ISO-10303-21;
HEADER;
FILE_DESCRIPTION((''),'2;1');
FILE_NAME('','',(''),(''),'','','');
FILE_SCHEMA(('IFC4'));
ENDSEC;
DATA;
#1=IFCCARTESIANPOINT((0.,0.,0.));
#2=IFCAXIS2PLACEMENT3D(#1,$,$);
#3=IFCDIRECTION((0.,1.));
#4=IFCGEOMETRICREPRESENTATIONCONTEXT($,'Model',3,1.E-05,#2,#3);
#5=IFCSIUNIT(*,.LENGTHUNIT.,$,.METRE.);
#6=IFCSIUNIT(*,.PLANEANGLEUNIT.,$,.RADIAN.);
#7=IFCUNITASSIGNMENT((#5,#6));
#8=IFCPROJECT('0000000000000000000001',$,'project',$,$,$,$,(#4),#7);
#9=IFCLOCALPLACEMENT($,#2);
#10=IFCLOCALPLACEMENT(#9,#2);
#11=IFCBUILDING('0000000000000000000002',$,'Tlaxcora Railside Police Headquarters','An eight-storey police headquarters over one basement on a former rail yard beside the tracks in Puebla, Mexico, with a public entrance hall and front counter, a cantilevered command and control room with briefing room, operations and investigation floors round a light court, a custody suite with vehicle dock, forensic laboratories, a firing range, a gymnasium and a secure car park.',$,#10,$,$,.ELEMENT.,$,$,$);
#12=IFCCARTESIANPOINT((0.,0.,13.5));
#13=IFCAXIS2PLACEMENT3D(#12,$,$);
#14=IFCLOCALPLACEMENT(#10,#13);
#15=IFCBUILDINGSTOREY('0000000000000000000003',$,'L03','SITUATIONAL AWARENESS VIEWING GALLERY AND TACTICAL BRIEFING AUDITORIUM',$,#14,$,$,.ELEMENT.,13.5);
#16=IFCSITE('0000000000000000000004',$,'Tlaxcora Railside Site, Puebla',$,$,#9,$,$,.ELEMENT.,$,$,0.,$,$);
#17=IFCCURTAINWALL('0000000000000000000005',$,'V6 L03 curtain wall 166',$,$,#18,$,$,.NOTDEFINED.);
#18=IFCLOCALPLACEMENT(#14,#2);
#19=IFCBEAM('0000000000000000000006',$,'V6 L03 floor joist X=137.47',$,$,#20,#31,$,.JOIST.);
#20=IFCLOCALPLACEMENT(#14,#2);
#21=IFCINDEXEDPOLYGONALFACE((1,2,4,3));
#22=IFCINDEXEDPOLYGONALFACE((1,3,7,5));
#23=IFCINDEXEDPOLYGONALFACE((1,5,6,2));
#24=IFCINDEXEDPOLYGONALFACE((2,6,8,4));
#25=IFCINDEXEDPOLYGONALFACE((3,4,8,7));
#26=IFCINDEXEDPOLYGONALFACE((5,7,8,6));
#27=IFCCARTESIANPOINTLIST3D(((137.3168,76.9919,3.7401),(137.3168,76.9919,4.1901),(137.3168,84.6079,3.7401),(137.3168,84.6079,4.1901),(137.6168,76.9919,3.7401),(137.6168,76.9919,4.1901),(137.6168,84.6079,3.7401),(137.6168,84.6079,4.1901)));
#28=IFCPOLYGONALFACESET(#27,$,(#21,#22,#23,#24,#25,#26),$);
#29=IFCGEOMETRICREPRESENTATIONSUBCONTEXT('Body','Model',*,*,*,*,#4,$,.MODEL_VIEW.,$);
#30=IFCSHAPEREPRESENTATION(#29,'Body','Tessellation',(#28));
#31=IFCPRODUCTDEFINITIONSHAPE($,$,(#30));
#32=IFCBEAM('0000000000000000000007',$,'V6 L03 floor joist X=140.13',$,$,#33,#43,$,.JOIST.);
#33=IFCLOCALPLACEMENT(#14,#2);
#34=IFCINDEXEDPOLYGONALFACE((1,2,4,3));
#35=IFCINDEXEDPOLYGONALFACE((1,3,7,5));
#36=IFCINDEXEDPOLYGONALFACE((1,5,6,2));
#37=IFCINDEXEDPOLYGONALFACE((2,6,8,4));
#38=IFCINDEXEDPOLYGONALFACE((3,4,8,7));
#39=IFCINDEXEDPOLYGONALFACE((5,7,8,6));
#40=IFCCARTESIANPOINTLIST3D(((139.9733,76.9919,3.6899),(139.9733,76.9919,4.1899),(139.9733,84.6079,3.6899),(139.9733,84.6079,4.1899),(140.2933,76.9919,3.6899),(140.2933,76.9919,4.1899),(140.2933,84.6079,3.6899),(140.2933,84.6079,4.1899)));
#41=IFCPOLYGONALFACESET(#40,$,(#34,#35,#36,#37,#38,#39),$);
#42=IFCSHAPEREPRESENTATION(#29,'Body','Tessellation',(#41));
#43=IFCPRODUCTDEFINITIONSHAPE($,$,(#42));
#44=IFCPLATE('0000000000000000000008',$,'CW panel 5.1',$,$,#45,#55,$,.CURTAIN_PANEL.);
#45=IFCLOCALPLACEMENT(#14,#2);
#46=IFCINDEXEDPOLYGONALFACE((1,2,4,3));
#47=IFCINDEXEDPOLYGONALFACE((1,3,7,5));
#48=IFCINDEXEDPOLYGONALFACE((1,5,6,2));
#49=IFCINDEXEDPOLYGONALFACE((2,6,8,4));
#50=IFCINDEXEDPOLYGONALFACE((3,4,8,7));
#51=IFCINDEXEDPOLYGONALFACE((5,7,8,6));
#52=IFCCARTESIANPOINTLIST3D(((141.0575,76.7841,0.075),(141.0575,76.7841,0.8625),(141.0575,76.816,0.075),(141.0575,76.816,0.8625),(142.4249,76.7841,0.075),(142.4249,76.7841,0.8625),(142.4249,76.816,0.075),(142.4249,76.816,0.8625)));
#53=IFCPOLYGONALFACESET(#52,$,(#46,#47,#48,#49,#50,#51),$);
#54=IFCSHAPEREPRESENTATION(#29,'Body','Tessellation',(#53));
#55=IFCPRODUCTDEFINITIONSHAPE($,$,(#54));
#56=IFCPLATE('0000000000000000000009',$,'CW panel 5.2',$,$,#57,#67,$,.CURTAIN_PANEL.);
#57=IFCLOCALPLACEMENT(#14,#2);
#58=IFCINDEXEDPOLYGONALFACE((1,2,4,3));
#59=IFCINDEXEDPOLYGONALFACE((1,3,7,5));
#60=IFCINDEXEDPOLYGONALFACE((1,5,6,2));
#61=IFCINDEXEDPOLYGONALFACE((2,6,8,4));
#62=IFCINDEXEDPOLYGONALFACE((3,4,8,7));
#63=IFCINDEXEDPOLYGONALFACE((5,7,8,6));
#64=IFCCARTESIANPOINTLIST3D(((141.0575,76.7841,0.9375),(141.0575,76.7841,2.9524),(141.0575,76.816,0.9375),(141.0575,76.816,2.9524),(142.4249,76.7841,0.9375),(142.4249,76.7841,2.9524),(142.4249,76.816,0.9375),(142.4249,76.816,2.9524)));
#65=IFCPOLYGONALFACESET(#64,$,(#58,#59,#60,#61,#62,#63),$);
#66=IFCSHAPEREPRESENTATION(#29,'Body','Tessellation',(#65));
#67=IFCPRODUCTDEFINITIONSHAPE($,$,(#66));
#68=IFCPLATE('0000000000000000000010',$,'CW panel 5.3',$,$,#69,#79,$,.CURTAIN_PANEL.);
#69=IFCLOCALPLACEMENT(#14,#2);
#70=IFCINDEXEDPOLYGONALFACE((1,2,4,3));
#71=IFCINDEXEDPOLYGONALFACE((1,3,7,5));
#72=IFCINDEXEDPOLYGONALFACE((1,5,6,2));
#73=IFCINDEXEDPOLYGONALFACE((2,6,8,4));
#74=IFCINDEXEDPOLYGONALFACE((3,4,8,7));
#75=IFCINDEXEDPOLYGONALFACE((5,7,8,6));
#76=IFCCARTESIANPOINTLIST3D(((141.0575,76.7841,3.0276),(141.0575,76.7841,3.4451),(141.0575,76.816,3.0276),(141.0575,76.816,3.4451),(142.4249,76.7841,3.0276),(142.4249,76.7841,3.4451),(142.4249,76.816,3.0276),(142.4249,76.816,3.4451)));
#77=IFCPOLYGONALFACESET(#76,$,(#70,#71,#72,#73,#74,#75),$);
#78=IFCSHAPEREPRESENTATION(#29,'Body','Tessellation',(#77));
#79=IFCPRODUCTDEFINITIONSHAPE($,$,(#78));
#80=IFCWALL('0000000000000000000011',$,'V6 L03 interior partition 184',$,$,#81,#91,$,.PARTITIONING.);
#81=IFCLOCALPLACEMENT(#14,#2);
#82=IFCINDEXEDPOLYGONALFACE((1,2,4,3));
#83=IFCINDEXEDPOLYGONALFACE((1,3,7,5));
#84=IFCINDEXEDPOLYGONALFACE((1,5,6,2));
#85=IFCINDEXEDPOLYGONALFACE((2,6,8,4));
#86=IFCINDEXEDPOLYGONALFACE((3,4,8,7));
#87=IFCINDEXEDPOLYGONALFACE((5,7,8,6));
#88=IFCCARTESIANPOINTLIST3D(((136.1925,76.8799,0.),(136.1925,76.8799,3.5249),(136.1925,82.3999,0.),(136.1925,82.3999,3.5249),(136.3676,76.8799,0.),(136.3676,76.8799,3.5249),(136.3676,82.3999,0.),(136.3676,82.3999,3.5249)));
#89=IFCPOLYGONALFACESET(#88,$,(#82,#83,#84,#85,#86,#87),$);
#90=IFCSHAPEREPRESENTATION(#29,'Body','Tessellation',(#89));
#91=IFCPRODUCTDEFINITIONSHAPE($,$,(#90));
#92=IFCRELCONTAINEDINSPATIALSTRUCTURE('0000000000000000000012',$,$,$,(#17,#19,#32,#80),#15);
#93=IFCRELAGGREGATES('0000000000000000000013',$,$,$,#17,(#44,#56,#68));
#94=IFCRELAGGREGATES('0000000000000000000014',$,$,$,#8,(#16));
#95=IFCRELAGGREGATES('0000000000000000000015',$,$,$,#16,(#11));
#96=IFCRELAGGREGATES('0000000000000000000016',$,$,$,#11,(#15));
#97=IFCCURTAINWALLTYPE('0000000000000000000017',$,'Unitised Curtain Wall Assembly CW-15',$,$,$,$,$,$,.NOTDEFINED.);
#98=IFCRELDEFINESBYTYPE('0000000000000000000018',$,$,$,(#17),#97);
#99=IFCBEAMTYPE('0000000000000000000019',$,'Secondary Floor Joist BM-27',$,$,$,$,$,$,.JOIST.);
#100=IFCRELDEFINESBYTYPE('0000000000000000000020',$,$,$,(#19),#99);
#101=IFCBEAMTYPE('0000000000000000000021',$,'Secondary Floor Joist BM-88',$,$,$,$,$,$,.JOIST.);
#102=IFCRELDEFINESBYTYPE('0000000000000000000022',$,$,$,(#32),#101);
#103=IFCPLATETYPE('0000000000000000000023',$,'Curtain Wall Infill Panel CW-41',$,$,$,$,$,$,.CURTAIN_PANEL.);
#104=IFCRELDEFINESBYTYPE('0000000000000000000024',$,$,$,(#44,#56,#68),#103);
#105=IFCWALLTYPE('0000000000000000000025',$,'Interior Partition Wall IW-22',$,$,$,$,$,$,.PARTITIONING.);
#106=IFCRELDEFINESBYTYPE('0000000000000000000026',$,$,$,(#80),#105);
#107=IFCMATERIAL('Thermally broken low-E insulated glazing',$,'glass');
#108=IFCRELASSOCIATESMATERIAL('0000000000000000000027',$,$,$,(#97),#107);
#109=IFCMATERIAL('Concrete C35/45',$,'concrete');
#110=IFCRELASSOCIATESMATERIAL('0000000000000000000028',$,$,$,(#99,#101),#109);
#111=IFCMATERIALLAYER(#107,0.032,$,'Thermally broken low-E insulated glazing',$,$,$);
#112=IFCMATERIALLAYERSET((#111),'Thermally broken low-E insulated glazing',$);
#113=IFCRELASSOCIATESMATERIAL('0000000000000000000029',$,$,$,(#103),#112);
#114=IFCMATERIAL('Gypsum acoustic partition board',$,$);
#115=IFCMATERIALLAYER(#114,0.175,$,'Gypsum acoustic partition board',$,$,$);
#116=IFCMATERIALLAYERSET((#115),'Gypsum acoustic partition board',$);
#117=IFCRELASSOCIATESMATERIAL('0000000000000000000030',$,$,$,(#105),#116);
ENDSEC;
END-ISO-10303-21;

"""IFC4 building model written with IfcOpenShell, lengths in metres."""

from ifc_helpers import new_model, si_unit, direction, frame, frame_2d, origin, origin_2d, place, context, subcontext, project, spatial, rectangle, extrude, material, layer, layer_set, material_profile, profile_set, type_object, element, aggregate, save


model = new_model("IFC4")

# Units and contexts
model_context = context("Model", 3, precision=1e-05, world=origin(), true_north=direction((0.0, 1.0)))
body_context = subcontext(model_context, "Body", "Model", "MODEL_VIEW")
ifc_project = project(units=[si_unit("LENGTHUNIT", "METRE"), si_unit("PLANEANGLEUNIT", "RADIAN")], contexts=[model_context])

# Site, building, storey
site_placement = place(None, origin())
site = spatial("IfcSite", under=ifc_project, at=site_placement, Name="Tlaxcora Railside Site, Puebla", CompositionType="ELEMENT", RefElevation=0.0)
building_placement = place(site_placement, origin())
building = spatial("IfcBuilding", under=site, at=building_placement, Name="Tlaxcora Railside Police Headquarters", Description="An eight-storey police headquarters over one basement on a former rail yard beside the tracks in Puebla, Mexico, with a public entrance hall and front counter, a cantilevered command and control room with briefing room, operations and investigation floors round a light court, a custody suite with vehicle dock, forensic laboratories, a firing range, a gymnasium and a secure car park.", CompositionType="ELEMENT")
storey_placement = place(building_placement, frame((0.0, 0.0, 13.5)))
storey = spatial("IfcBuildingStorey", under=building, at=storey_placement, Name="L03", Description="SITUATIONAL AWARENESS VIEWING GALLERY AND TACTICAL BRIEFING AUDITORIUM", CompositionType="ELEMENT", Elevation=13.5)

# Curtain wall
ifc_material_1 = material(Name="Thermally broken low-E insulated glazing", Category="glass")
curtain_wall_type_1 = type_object("IfcCurtainWallType", Name="Unitised Curtain Wall Assembly CW-15", PredefinedType="NOTDEFINED", material=ifc_material_1)
curtain_wall_1_placement = place(storey_placement, origin())
curtain_wall_1 = element("IfcCurtainWall", 1, at=curtain_wall_1_placement, inside=storey, type_object=curtain_wall_type_1, Name="V6 L03 curtain wall 166", PredefinedType="NOTDEFINED")

# Beams
ifc_material_2 = material(Name="Concrete C35/45", Category="concrete")
ifc_material_profile_1 = material_profile(ifc_material_2, rectangle(XDim=0.3, YDim=0.45, at=origin_2d()), Name="RC300X450")
ifc_profile_set_1 = profile_set([ifc_material_profile_1], Name="Concrete C35/45")
beam_type_1 = type_object("IfcBeamType", Name="Secondary Floor Joist BM-27", PredefinedType="JOIST", material=ifc_profile_set_1)
beam_1_placement = place(storey_placement, frame((137.4668, 76.9919, 3.9651), z_axis=(0.0, 1.0, 0.0), x_axis=(-1.0, 0.0, 0.0)))
element("IfcBeam", 2, at=beam_1_placement, inside=storey, type_object=beam_type_1, Name="V6 L03 floor joist X=137.47", PredefinedType="JOIST", context=body_context, shape_type="SweptSolid", body=[
    extrude(rectangle(XDim=0.3, YDim=0.45, at=origin_2d()), origin(), (0.0, 0.0, 1.0), 7.616),
])
ifc_material_profile_2 = material_profile(ifc_material_2, rectangle(XDim=0.3201, YDim=0.5, at=origin_2d()), Name="RC320X500")
ifc_profile_set_2 = profile_set([ifc_material_profile_2], Name="Concrete C35/45")
beam_type_2 = type_object("IfcBeamType", Name="Secondary Floor Joist BM-88", PredefinedType="JOIST", material=ifc_profile_set_2)
beam_2_placement = place(storey_placement, frame((140.1333, 76.9919, 3.9399), z_axis=(0.0, 1.0, 0.0), x_axis=(-1.0, 0.0, 0.0)))
element("IfcBeam", 3, at=beam_2_placement, inside=storey, type_object=beam_type_2, Name="V6 L03 floor joist X=140.13", PredefinedType="JOIST", context=body_context, shape_type="SweptSolid", body=[
    extrude(rectangle(XDim=0.3201, YDim=0.5, at=origin_2d()), origin(), (0.0, 0.0, 1.0), 7.616),
])

# Plates
ifc_layer_1 = layer(ifc_material_1, 0.032, Name="Thermally broken low-E insulated glazing")
ifc_layer_set_1 = layer_set([ifc_layer_1], Name="Thermally broken low-E insulated glazing")
plate_type = type_object("IfcPlateType", Name="Curtain Wall Infill Panel CW-41", PredefinedType="CURTAIN_PANEL", material=ifc_layer_set_1)
plate_1_placement = place(storey_placement, frame((141.7412, 76.8, 0.075), z_axis=(0.0, 0.0, 1.0), x_axis=(1.0, 0.0, 0.0)))
plate_1 = element("IfcPlate", 4, at=plate_1_placement, type_object=plate_type, Name="CW panel 5.1", PredefinedType="CURTAIN_PANEL", context=body_context, shape_type="SweptSolid", body=[
    extrude(rectangle(XDim=1.3674, YDim=0.032, at=origin_2d()), origin(), (0.0, 0.0, 1.0), 0.7876),
])
plate_2_placement = place(storey_placement, frame((141.7412, 76.8, 0.9375), z_axis=(0.0, 0.0, 1.0), x_axis=(1.0, 0.0, 0.0)))
plate_2 = element("IfcPlate", 5, at=plate_2_placement, type_object=plate_type, Name="CW panel 5.2", PredefinedType="CURTAIN_PANEL", context=body_context, shape_type="SweptSolid", body=[
    extrude(rectangle(XDim=1.3674, YDim=0.032, at=origin_2d()), origin(), (0.0, 0.0, 1.0), 2.0149),
])
plate_3_placement = place(storey_placement, frame((141.7412, 76.8, 3.0276), z_axis=(0.0, 0.0, 1.0), x_axis=(1.0, 0.0, 0.0)))
plate_3 = element("IfcPlate", 6, at=plate_3_placement, type_object=plate_type, Name="CW panel 5.3", PredefinedType="CURTAIN_PANEL", context=body_context, shape_type="SweptSolid", body=[
    extrude(rectangle(XDim=1.3674, YDim=0.032, at=origin_2d()), origin(), (0.0, 0.0, 1.0), 0.4175),
])
aggregate(curtain_wall_1, [plate_1, plate_2, plate_3])

# Wall
ifc_material_3 = material(Name="Gypsum acoustic partition board")
ifc_layer_2 = layer(ifc_material_3, 0.175, Name="Gypsum acoustic partition board")
ifc_layer_set_2 = layer_set([ifc_layer_2], Name="Gypsum acoustic partition board")
wall_type = type_object("IfcWallType", Name="Interior Partition Wall IW-22", PredefinedType="PARTITIONING", material=ifc_layer_set_2)
wall_placement = place(storey_placement, frame((136.28, 76.8799, 0.0), z_axis=(0.0, 0.0, 1.0), x_axis=(0.0, 1.0, 0.0)))
element("IfcWall", 7, at=wall_placement, inside=storey, type_object=wall_type, Name="V6 L03 interior partition 184", PredefinedType="PARTITIONING", context=body_context, shape_type="SweptSolid", body=[
    extrude(rectangle(XDim=5.52, YDim=0.175, at=frame_2d((2.76, 0.0))), origin(), (0.0, 0.0, 1.0), 3.5249),
])

save(model, "model.ifc")
